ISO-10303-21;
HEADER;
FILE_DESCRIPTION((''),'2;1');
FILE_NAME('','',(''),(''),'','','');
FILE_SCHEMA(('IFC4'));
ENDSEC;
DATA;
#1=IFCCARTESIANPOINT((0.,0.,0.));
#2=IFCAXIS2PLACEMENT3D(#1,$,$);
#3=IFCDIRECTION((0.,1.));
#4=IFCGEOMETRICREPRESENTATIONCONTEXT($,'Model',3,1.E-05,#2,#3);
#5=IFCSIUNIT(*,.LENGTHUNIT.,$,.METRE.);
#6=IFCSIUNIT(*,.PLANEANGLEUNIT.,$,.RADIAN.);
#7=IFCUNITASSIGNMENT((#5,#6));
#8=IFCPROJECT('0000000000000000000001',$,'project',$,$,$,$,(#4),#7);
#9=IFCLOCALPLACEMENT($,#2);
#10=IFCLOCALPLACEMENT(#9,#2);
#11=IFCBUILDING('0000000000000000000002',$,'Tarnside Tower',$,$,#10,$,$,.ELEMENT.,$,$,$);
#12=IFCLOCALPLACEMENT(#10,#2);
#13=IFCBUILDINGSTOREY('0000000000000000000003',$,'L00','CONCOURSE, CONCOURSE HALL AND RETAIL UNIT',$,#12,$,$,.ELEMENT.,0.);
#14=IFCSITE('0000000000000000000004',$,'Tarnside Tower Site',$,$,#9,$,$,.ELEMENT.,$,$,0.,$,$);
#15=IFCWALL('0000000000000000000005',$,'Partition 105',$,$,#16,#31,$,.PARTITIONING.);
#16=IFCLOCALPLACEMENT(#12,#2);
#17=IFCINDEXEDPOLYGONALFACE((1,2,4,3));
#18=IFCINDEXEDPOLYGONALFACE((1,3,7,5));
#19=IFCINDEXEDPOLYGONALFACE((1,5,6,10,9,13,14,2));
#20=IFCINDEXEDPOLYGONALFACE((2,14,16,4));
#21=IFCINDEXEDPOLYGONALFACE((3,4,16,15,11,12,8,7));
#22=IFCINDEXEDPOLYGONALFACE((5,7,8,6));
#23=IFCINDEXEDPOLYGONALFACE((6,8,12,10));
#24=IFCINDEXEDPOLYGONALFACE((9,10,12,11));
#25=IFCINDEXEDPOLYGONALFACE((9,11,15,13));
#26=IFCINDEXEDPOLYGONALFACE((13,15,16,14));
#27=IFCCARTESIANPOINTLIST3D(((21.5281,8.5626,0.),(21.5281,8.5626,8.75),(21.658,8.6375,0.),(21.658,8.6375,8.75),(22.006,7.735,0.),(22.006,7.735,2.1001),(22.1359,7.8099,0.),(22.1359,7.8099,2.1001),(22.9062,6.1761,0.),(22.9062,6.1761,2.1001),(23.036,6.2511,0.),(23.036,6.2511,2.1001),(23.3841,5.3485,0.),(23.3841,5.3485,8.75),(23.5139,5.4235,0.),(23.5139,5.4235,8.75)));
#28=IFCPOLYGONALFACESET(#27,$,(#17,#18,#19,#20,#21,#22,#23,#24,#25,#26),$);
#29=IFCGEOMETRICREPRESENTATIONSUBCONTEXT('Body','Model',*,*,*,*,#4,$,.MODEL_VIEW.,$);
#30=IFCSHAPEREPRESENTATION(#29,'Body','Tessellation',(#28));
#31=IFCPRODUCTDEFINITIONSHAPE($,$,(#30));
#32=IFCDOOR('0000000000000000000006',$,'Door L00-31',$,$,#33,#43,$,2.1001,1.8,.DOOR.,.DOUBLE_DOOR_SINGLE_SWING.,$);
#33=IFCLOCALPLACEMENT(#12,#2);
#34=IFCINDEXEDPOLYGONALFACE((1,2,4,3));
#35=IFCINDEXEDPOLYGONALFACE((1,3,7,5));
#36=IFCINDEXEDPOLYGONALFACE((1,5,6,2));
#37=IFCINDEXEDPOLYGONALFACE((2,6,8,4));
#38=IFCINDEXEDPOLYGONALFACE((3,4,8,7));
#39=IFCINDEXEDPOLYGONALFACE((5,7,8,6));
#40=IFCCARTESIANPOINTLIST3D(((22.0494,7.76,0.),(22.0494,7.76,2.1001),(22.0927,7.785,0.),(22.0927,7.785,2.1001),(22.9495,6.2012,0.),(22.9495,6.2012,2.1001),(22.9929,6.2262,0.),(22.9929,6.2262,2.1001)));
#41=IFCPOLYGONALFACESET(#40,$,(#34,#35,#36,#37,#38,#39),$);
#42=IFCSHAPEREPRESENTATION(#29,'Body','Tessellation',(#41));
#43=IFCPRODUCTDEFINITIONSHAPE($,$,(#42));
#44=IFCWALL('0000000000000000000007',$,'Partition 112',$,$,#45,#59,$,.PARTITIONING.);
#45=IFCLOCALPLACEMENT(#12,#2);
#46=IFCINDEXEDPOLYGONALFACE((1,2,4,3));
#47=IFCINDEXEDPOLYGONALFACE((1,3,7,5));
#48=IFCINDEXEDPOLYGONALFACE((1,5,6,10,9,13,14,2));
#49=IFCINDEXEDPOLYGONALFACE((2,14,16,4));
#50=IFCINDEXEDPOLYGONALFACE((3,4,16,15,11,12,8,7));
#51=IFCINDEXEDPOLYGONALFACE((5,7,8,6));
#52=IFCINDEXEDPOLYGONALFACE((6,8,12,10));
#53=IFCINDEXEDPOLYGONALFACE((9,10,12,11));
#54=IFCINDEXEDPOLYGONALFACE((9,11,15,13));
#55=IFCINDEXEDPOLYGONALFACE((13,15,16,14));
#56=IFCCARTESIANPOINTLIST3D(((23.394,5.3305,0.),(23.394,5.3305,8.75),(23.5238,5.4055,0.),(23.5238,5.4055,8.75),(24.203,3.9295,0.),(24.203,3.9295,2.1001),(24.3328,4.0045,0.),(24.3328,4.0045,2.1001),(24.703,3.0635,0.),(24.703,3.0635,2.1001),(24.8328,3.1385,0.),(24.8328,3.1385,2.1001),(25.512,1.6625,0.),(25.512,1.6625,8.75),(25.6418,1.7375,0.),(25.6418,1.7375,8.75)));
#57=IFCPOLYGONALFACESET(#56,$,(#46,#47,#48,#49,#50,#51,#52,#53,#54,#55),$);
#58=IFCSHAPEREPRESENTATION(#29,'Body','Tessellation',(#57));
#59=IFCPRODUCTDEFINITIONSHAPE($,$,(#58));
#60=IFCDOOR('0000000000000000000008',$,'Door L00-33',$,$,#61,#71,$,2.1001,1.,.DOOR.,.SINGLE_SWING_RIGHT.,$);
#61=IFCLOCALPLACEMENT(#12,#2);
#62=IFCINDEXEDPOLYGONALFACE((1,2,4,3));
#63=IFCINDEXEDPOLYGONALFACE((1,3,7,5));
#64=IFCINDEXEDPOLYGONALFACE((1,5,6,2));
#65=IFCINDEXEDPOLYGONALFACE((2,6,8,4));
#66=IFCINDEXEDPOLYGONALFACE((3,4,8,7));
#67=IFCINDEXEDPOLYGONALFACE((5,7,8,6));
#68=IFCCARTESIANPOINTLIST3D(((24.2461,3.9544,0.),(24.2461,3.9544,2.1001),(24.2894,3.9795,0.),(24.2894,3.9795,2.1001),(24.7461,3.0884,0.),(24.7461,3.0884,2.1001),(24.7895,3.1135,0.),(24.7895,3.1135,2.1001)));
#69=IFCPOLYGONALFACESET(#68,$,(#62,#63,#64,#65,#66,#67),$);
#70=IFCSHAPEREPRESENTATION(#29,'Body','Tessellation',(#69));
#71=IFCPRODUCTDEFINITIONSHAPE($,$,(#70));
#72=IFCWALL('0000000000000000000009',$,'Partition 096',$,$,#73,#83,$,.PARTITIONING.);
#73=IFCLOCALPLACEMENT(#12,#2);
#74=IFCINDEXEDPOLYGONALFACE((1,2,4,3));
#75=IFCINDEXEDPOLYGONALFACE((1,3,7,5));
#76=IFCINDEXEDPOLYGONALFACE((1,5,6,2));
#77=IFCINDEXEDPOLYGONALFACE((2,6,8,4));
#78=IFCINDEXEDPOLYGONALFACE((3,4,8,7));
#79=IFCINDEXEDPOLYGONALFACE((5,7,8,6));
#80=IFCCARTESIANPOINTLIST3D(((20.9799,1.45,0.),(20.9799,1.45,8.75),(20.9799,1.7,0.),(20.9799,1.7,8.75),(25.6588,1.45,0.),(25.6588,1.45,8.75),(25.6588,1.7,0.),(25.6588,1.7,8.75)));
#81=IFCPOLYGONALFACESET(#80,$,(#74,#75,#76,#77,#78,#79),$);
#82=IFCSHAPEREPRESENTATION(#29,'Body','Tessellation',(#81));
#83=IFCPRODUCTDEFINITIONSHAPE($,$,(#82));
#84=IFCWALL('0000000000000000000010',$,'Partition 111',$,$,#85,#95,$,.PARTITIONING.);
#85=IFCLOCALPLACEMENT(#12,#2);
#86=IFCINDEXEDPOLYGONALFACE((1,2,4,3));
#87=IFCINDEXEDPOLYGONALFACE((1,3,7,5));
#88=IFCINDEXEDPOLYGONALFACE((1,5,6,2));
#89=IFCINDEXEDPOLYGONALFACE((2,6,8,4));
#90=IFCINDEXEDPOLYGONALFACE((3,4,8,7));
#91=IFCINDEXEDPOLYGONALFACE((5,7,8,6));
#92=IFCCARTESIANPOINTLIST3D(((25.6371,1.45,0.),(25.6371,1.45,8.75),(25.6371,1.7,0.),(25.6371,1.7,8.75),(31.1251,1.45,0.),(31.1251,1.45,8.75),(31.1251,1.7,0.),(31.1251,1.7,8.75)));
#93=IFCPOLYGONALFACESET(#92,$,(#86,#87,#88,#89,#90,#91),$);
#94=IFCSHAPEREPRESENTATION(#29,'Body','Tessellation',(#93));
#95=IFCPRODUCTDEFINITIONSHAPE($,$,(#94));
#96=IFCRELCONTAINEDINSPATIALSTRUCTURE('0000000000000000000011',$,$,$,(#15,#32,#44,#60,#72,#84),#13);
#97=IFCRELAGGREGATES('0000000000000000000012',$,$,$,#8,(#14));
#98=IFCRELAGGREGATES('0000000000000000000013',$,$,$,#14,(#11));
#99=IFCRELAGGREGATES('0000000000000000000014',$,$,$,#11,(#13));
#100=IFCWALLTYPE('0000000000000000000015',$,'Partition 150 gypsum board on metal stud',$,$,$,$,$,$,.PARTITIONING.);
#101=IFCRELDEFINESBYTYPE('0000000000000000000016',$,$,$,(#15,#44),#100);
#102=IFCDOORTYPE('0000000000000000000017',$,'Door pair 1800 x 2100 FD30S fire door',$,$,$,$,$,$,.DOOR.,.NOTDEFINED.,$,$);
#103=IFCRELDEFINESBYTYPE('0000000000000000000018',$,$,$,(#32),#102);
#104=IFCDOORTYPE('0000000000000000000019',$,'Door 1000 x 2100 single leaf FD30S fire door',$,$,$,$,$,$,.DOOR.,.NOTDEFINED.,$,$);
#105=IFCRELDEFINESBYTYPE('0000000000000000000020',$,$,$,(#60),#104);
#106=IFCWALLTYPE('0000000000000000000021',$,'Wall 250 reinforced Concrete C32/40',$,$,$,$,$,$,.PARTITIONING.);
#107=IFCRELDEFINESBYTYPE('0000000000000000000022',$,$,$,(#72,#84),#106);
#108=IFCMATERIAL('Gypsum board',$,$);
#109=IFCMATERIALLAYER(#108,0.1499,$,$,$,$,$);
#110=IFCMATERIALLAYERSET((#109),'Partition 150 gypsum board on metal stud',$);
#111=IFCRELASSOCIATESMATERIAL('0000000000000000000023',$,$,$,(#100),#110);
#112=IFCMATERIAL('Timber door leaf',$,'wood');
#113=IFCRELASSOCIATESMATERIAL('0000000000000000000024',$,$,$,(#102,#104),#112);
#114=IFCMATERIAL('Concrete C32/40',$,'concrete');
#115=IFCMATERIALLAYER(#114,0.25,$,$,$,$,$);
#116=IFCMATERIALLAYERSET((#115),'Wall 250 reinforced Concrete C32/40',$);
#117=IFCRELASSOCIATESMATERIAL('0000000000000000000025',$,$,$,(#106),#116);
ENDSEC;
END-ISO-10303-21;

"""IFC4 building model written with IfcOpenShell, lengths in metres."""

from ifc_helpers import new_model, si_unit, direction, frame, frame_2d, origin, place, context, subcontext, project, spatial, rectangle, extrude, material, layer, layer_set, type_object, element, fill, save


model = new_model("IFC4")

# Units and contexts
model_context = context("Model", 3, precision=1e-05, world=origin(), true_north=direction((0.0, 1.0)))
body_context = subcontext(model_context, "Body", "Model", "MODEL_VIEW")
ifc_project = project(units=[si_unit("LENGTHUNIT", "METRE"), si_unit("PLANEANGLEUNIT", "RADIAN")], contexts=[model_context])

# Site, building, storey
site_placement = place(None, origin())
site = spatial("IfcSite", under=ifc_project, at=site_placement, Name="Tarnside Tower Site", CompositionType="ELEMENT", RefElevation=0.0)
building_placement = place(site_placement, origin())
building = spatial("IfcBuilding", under=site, at=building_placement, Name="Tarnside Tower", CompositionType="ELEMENT")
storey_placement = place(building_placement, origin())
storey = spatial("IfcBuildingStorey", under=building, at=storey_placement, Name="L00", Description="CONCOURSE, CONCOURSE HALL AND RETAIL UNIT", CompositionType="ELEMENT", Elevation=0.0)

# Shared definitions
ifc_material_1 = material(Name="Gypsum board")
ifc_layer_1 = layer(ifc_material_1, 0.1499)
ifc_layer_set_1 = layer_set([ifc_layer_1], Name="Partition 150 gypsum board on metal stud")
wall_type_1 = type_object("IfcWallType", Name="Partition 150 gypsum board on metal stud", PredefinedType="PARTITIONING", material=ifc_layer_set_1)

# Walls, openings, doors
wall_1_placement = place(storey_placement, frame((23.449, 5.386, 0.0), z_axis=(0.0, 0.0, 1.0), x_axis=(-0.500058, 0.865992, 0.0)))
wall_1 = element("IfcWall", 1, at=wall_1_placement, inside=storey, type_object=wall_type_1, Name="Partition 105", PredefinedType="PARTITIONING", context=body_context, shape_type="SweptSolid", body=[
    extrude(rectangle(XDim=3.7114, YDim=0.1499, at=frame_2d((1.8557, 0.0))), origin(), (0.0, 0.0, 1.0), 8.75),
])
opening_1_placement = place(wall_1_placement, frame((0.9558, 0.0, 0.0)))
opening_1 = element("IfcOpeningElement", 2, at=opening_1_placement, cuts=wall_1, PredefinedType="OPENING", context=body_context, shape_type="SweptSolid", body=[
    extrude(rectangle(XDim=1.8, YDim=2.1001, at=frame_2d((0.8999, 1.05))), frame((0.0, 0.085, 0.0), z_axis=(0.0, -1.0, 0.0), x_axis=(1.0, 0.0, 0.0)), (0.0, 0.0, 1.0), 0.1699),
])
ifc_material_2 = material(Name="Timber door leaf", Category="wood")
door_type_1 = type_object("IfcDoorType", Name="Door pair 1800 x 2100 FD30S fire door", OperationType="NOTDEFINED", PredefinedType="DOOR", material=ifc_material_2)
door_1_placement = place(opening_1_placement, origin())
door_1 = element("IfcDoor", 3, at=door_1_placement, inside=storey, type_object=door_type_1, Name="Door L00-31", OperationType="DOUBLE_DOOR_SINGLE_SWING", OverallHeight=2.1001, OverallWidth=1.8, PredefinedType="DOOR", context=body_context, shape_type="SweptSolid", body=[
    extrude(rectangle(XDim=1.8, YDim=2.1001, at=frame_2d((0.8999, 1.05))), frame((0.0, 0.0249, 0.0), z_axis=(0.0, -1.0, 0.0), x_axis=(1.0, 0.0, 0.0)), (0.0, 0.0, 1.0), 0.05),
])
fill(opening_1, door_1)
wall_2_placement = place(storey_placement, frame((23.459, 5.3679, 0.0), z_axis=(0.0, 0.0, 1.0), x_axis=(0.500038, -0.866003, 0.0)))
wall_2 = element("IfcWall", 4, at=wall_2_placement, inside=storey, type_object=wall_type_1, Name="Partition 112", PredefinedType="PARTITIONING", context=body_context, shape_type="SweptSolid", body=[
    extrude(rectangle(XDim=4.2356, YDim=0.1499, at=frame_2d((2.1177, 0.0))), origin(), (0.0, 0.0, 1.0), 8.75),
])
opening_2_placement = place(wall_2_placement, frame((1.6177, 0.0, 0.0)))
opening_2 = element("IfcOpeningElement", 5, at=opening_2_placement, cuts=wall_2, PredefinedType="OPENING", context=body_context, shape_type="SweptSolid", body=[
    extrude(rectangle(XDim=1.0, YDim=2.1001, at=frame_2d((0.5, 1.05))), frame((0.0, 0.085, 0.0), z_axis=(0.0, -1.0, 0.0), x_axis=(1.0, 0.0, 0.0)), (0.0, 0.0, 1.0), 0.1699),
])
door_type_2 = type_object("IfcDoorType", Name="Door 1000 x 2100 single leaf FD30S fire door", OperationType="NOTDEFINED", PredefinedType="DOOR", material=ifc_material_2)
door_2_placement = place(opening_2_placement, origin())
door_2 = element("IfcDoor", 6, at=door_2_placement, inside=storey, type_object=door_type_2, Name="Door L00-33", OperationType="SINGLE_SWING_RIGHT", OverallHeight=2.1001, OverallWidth=1.0, PredefinedType="DOOR", context=body_context, shape_type="SweptSolid", body=[
    extrude(rectangle(XDim=1.0, YDim=2.1001, at=frame_2d((0.5, 1.05))), frame((0.0, 0.0249, 0.0), z_axis=(0.0, -1.0, 0.0), x_axis=(1.0, 0.0, 0.0)), (0.0, 0.0, 1.0), 0.05),
])
fill(opening_2, door_2)

# Walls
ifc_material_3 = material(Name="Concrete C32/40", Category="concrete")
ifc_layer_2 = layer(ifc_material_3, 0.25)
ifc_layer_set_2 = layer_set([ifc_layer_2], Name="Wall 250 reinforced Concrete C32/40")
wall_type_2 = type_object("IfcWallType", Name="Wall 250 reinforced Concrete C32/40", PredefinedType="PARTITIONING", material=ifc_layer_set_2)
wall_3_placement = place(storey_placement, frame((20.98, 1.575, 0.0), z_axis=(0.0, 0.0, 1.0), x_axis=(1.0, 0.0, 0.0)))
element("IfcWall", 7, at=wall_3_placement, inside=storey, type_object=wall_type_2, Name="Partition 096", PredefinedType="PARTITIONING", context=body_context, shape_type="SweptSolid", body=[
    extrude(rectangle(XDim=4.679, YDim=0.25, at=frame_2d((2.3394, 0.0))), origin(), (0.0, 0.0, 1.0), 8.75),
])
wall_4_placement = place(storey_placement, frame((25.637, 1.575, 0.0), z_axis=(0.0, 0.0, 1.0), x_axis=(1.0, 0.0, 0.0)))
element("IfcWall", 8, at=wall_4_placement, inside=storey, type_object=wall_type_2, Name="Partition 111", PredefinedType="PARTITIONING", context=body_context, shape_type="SweptSolid", body=[
    extrude(rectangle(XDim=5.488, YDim=0.25, at=frame_2d((2.7441, 0.0))), origin(), (0.0, 0.0, 1.0), 8.75),
])

save(model, "model.ifc")
